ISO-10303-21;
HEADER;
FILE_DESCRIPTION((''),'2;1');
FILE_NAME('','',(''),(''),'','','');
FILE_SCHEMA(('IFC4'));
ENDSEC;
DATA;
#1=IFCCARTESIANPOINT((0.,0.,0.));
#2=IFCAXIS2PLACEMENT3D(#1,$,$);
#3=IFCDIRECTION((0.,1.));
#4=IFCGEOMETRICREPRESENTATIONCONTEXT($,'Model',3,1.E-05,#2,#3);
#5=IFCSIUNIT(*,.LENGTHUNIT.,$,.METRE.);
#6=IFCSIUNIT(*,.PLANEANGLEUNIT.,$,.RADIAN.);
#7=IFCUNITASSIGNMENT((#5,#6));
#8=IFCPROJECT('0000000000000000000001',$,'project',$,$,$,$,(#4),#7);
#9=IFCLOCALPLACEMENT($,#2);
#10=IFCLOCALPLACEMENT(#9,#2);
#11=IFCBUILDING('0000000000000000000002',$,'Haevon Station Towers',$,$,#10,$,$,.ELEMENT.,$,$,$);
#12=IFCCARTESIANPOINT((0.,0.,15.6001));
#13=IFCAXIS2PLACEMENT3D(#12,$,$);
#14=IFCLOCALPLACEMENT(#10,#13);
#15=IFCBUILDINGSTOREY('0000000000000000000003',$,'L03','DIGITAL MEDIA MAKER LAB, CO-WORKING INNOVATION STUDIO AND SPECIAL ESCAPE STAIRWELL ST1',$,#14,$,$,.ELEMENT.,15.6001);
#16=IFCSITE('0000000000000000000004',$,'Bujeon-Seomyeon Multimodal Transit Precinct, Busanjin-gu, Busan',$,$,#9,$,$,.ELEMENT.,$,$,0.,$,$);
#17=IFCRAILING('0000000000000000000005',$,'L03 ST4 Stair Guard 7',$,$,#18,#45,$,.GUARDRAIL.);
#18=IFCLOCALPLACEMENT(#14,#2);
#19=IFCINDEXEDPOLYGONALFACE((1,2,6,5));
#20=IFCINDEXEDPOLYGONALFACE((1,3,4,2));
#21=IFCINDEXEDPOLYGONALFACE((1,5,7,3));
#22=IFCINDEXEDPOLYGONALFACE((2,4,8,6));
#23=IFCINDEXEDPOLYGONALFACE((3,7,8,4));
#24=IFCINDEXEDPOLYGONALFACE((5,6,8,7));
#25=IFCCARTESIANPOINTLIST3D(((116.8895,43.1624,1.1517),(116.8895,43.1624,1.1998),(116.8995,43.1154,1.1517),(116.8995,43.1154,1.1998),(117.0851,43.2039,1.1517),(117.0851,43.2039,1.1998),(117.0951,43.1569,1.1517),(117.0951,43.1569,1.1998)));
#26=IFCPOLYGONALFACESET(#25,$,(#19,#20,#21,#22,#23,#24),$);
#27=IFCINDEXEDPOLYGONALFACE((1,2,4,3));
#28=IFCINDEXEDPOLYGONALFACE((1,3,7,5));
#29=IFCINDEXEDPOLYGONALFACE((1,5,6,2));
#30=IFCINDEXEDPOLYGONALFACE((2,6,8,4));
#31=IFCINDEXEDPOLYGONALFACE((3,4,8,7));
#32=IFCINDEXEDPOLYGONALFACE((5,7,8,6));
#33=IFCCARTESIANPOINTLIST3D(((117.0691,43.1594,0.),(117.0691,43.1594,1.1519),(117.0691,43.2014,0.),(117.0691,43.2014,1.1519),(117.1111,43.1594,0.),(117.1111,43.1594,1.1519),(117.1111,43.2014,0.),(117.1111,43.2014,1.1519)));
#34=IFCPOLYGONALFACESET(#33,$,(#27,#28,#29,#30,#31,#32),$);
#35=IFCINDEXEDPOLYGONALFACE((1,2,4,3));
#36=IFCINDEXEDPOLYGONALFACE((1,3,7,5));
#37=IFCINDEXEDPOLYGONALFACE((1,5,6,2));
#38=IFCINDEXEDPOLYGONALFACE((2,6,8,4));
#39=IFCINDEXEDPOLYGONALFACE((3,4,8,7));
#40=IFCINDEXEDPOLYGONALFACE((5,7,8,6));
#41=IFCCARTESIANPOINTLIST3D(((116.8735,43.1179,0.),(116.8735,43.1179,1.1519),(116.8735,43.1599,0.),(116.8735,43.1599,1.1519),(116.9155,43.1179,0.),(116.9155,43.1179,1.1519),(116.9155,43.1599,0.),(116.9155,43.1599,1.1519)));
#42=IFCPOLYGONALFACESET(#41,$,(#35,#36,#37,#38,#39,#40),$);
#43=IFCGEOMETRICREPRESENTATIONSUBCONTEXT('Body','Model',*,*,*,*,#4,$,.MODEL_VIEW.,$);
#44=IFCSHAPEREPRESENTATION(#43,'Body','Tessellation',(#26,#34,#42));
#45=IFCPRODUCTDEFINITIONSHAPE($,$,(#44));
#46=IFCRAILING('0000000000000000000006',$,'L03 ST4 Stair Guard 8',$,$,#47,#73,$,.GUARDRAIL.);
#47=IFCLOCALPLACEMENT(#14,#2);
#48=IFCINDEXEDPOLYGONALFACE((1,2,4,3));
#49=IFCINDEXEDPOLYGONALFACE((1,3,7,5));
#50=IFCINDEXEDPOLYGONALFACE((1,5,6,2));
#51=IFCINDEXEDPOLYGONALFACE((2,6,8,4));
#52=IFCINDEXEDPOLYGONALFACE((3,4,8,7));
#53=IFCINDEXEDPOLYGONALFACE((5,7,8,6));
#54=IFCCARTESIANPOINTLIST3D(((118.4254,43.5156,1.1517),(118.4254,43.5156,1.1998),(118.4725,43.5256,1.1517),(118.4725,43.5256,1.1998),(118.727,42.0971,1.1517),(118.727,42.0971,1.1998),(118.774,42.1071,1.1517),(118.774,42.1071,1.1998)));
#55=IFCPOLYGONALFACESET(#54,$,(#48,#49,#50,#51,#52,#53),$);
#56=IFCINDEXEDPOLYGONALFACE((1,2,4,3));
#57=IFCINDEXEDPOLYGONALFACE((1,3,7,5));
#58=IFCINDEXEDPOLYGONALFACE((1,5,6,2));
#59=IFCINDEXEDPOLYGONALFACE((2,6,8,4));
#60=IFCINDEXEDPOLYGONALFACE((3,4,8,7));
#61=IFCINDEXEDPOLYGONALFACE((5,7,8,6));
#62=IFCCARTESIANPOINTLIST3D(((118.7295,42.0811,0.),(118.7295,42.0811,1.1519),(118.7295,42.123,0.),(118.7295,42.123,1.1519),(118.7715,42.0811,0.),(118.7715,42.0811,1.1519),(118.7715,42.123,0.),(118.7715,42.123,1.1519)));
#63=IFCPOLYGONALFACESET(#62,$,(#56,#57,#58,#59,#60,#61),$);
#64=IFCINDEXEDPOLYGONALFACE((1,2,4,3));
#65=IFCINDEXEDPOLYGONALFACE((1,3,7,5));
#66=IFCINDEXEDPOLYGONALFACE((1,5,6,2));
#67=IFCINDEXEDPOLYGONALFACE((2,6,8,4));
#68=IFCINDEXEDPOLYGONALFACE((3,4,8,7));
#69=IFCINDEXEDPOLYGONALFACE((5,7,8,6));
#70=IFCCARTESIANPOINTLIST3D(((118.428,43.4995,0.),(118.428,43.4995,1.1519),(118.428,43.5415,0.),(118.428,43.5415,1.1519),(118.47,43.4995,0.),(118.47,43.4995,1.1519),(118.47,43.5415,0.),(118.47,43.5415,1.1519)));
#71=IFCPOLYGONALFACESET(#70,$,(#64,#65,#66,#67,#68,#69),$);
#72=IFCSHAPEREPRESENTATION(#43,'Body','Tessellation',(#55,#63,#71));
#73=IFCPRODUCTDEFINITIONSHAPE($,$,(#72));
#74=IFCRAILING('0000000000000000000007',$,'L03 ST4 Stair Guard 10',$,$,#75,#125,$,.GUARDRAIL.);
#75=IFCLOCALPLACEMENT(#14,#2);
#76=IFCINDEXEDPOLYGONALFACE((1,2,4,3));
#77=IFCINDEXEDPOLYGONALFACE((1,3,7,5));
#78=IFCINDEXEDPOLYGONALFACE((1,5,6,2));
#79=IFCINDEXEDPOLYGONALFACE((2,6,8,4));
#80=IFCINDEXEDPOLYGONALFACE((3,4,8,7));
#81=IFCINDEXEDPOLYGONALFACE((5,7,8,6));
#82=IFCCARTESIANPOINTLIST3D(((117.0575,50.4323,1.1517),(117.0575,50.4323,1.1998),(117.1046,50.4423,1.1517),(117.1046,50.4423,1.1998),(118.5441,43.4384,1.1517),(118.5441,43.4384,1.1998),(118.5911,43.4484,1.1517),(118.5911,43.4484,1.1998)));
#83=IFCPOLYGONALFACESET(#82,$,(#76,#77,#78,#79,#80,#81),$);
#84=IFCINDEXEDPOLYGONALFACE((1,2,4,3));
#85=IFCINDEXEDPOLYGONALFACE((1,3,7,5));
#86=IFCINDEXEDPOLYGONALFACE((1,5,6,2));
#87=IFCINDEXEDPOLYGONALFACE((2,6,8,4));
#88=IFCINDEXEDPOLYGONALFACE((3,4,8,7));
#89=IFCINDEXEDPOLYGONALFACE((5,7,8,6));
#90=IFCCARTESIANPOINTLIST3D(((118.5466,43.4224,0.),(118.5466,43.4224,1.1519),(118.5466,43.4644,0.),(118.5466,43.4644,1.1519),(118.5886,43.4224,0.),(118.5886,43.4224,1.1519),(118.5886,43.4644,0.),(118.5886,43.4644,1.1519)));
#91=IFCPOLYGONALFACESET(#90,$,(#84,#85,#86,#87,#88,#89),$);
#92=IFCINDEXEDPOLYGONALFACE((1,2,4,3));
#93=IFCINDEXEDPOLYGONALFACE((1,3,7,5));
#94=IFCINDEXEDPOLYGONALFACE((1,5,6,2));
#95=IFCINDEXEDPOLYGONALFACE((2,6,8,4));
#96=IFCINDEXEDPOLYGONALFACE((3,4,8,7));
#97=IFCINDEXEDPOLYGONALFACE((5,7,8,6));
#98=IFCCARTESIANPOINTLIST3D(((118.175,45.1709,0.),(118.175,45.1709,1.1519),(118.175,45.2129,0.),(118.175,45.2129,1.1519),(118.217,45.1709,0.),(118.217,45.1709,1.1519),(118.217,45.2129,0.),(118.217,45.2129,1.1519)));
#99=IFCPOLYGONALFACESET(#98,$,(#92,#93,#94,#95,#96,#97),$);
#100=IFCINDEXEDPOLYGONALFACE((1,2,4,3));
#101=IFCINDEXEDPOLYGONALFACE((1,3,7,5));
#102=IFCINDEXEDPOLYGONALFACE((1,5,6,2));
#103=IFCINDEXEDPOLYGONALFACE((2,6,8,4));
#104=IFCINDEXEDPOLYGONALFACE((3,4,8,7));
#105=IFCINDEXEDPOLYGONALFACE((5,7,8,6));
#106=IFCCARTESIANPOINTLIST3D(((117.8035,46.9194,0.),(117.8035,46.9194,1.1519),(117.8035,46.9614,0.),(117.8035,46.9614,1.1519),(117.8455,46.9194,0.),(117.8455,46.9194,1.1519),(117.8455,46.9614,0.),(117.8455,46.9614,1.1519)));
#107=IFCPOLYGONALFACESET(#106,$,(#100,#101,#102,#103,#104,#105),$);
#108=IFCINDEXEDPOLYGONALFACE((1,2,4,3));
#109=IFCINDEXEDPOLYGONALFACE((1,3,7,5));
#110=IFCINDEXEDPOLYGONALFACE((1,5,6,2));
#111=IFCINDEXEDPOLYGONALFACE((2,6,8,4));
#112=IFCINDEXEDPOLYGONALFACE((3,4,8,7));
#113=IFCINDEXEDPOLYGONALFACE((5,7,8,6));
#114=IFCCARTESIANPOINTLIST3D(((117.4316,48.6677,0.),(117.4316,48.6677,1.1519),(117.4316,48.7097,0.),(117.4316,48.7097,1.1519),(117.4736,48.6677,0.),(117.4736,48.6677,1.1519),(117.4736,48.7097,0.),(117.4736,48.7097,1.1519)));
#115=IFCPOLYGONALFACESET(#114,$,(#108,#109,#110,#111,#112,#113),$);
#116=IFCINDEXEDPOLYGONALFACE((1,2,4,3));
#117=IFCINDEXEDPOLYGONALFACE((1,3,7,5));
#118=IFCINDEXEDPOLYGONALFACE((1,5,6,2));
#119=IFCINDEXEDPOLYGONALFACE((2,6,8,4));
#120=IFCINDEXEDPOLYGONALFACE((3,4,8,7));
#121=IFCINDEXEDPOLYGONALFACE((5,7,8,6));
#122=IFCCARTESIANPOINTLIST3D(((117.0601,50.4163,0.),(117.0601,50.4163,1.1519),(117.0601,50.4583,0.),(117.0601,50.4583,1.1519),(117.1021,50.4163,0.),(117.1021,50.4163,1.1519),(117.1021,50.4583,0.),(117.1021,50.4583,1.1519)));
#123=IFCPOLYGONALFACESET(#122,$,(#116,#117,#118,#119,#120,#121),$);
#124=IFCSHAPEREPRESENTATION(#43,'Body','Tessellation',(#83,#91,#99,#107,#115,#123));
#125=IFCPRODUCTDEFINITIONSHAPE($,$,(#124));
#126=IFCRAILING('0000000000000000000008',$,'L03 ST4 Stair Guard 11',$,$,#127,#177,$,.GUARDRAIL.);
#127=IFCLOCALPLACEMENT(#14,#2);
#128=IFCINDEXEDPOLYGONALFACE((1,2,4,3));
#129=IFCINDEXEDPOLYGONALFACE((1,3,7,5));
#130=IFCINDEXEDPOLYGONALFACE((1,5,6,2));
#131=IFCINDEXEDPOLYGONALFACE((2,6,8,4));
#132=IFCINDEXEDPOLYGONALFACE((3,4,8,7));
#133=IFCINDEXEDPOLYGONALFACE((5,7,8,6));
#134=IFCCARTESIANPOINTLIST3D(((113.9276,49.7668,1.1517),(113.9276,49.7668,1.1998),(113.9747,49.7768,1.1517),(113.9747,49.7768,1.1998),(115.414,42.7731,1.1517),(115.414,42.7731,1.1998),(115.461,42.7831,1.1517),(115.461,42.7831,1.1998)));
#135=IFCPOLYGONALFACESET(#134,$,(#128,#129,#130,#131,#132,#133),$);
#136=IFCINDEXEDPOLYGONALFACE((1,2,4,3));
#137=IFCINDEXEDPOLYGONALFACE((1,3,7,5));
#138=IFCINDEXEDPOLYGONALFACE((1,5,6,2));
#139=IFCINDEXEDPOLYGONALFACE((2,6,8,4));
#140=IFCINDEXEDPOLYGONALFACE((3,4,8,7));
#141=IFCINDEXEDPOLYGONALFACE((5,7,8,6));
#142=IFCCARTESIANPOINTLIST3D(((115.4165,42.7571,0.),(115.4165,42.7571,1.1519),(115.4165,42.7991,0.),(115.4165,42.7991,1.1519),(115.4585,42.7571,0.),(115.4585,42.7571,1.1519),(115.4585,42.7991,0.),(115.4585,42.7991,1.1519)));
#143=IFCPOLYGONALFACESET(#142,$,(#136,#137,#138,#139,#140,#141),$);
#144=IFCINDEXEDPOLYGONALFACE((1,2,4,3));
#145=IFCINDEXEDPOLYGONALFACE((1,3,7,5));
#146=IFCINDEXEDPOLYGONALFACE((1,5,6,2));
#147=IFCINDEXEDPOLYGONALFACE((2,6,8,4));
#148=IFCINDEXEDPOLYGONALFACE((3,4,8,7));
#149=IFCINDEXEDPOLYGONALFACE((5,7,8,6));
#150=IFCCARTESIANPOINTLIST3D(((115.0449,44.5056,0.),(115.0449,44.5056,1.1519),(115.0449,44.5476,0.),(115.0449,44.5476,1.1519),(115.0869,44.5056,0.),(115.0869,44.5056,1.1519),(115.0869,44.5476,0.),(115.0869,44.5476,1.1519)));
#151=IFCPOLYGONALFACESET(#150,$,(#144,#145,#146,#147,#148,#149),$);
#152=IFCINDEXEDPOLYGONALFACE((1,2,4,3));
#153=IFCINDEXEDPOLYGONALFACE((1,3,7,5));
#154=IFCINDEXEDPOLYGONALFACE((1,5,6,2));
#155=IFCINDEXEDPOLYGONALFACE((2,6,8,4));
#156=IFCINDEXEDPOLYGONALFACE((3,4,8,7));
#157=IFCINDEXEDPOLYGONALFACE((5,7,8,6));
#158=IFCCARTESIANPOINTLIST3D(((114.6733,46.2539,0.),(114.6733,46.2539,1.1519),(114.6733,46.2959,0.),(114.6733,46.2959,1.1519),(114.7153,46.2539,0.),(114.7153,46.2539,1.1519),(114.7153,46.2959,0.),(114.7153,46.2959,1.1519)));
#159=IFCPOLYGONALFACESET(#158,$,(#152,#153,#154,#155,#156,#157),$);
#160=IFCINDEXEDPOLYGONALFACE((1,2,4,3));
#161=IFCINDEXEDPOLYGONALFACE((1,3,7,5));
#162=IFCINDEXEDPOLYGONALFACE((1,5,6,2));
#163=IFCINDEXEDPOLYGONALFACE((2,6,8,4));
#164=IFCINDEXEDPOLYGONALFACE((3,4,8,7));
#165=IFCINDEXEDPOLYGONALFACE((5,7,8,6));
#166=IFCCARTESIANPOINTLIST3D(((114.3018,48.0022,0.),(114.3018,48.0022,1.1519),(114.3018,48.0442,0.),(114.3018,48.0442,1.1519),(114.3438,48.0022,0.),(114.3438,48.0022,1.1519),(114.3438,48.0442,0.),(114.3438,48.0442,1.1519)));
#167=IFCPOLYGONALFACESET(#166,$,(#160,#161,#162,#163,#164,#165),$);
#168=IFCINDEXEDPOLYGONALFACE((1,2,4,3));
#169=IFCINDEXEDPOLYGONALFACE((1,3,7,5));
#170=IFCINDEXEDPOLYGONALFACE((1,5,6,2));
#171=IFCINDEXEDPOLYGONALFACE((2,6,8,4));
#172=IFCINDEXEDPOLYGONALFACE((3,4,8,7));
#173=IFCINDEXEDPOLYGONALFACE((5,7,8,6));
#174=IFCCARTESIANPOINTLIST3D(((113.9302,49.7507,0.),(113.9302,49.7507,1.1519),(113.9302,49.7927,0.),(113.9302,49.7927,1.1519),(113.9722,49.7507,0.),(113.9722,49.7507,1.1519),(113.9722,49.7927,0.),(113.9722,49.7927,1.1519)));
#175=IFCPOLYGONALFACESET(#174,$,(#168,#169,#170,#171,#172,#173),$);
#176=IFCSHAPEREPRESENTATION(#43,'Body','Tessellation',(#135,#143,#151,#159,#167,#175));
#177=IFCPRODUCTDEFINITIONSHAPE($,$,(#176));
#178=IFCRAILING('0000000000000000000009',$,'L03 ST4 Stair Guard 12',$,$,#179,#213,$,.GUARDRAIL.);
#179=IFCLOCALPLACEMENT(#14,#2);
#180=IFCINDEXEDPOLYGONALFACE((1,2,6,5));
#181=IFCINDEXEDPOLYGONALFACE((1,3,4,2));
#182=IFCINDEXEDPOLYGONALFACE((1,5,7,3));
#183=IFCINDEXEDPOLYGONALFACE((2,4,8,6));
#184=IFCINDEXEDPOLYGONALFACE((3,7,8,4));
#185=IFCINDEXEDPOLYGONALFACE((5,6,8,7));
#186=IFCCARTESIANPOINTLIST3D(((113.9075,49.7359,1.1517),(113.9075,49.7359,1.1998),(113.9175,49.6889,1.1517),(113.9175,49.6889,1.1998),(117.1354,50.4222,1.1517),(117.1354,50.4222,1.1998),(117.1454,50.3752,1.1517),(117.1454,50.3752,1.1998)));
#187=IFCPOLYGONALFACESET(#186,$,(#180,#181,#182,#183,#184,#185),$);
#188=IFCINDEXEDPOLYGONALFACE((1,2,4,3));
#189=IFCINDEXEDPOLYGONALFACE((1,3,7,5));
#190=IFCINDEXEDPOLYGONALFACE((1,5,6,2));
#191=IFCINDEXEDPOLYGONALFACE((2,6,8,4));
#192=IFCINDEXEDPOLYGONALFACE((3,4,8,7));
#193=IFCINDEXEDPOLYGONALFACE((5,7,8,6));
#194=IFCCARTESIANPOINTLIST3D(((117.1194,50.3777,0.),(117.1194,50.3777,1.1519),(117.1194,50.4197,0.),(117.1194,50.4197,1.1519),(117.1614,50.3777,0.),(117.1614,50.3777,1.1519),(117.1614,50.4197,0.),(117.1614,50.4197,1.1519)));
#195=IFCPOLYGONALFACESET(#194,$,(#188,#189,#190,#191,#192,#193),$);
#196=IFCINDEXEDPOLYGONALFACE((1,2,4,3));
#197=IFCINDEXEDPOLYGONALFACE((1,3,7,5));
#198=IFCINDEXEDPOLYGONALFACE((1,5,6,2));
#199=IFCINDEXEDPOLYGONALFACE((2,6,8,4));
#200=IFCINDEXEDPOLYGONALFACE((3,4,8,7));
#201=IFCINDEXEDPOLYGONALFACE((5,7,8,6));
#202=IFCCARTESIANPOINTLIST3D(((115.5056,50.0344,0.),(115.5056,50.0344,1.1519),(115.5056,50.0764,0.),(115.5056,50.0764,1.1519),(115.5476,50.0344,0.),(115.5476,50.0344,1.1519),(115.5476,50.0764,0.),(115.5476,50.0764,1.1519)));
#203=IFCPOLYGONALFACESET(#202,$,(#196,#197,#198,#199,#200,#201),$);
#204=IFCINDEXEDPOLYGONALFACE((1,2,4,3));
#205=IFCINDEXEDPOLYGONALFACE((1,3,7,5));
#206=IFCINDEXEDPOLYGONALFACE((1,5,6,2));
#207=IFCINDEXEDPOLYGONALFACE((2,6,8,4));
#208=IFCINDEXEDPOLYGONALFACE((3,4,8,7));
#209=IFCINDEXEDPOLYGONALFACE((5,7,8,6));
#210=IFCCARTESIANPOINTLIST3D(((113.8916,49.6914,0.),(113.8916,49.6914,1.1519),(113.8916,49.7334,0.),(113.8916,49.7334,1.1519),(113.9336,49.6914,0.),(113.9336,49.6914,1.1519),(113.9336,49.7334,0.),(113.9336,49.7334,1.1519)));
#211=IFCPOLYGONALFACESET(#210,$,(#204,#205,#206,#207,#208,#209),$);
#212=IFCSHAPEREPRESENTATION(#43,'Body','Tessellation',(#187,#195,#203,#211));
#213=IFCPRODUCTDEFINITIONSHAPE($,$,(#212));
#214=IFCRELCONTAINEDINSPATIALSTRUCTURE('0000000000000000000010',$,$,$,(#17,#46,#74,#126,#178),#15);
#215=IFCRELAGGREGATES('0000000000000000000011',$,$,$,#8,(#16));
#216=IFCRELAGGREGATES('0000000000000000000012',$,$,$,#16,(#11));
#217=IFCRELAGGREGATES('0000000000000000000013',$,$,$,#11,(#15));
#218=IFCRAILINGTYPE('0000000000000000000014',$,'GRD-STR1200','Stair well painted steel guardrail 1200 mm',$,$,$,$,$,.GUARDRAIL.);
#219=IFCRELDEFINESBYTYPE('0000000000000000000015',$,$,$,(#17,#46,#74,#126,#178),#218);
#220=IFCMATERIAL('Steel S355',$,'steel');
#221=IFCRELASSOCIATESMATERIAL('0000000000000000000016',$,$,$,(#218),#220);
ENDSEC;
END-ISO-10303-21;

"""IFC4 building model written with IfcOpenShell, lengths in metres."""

from ifc_helpers import new_model, si_unit, direction, frame, origin, origin_2d, place, context, subcontext, project, spatial, rectangle, extrude, material, type_object, element, save


model = new_model("IFC4")

# Units and contexts
model_context = context("Model", 3, precision=1e-05, world=origin(), true_north=direction((0.0, 1.0)))
body_context = subcontext(model_context, "Body", "Model", "MODEL_VIEW")
ifc_project = project(units=[si_unit("LENGTHUNIT", "METRE"), si_unit("PLANEANGLEUNIT", "RADIAN")], contexts=[model_context])

# Site, building, storey
site_placement = place(None, origin())
site = spatial("IfcSite", under=ifc_project, at=site_placement, Name="Bujeon-Seomyeon Multimodal Transit Precinct, Busanjin-gu, Busan", CompositionType="ELEMENT", RefElevation=0.0)
building_placement = place(site_placement, origin())
building = spatial("IfcBuilding", under=site, at=building_placement, Name="Haevon Station Towers", CompositionType="ELEMENT")
storey_placement = place(building_placement, frame((0.0, 0.0, 15.6001)))
storey = spatial("IfcBuildingStorey", under=building, at=storey_placement, Name="L03", Description="DIGITAL MEDIA MAKER LAB, CO-WORKING INNOVATION STUDIO AND SPECIAL ESCAPE STAIRWELL ST1", CompositionType="ELEMENT", Elevation=15.6001)

# Shared definitions
ifc_material_1 = material(Name="Steel S355", Category="steel")

# Railings
railing_type_1 = type_object("IfcRailingType", Name="GRD-STR1200", Description="Stair well painted steel guardrail 1200 mm", PredefinedType="GUARDRAIL", material=ifc_material_1)
railing_1_placement = place(storey_placement, frame((117.0901, 43.1804, 0.0)))
element("IfcRailing", 1, at=railing_1_placement, inside=storey, type_object=railing_type_1, Name="L03 ST4 Stair Guard 7", PredefinedType="GUARDRAIL", context=body_context, shape_type="SweptSolid", body=[
    extrude(rectangle(XDim=0.0481, YDim=0.0481, at=origin_2d()), frame((0.0, 0.0, 1.1758), z_axis=(-0.978212, -0.20761, 0.0), x_axis=(0.20761, -0.978212, 0.0)), (0.0, 0.0, 1.0), 0.2),
    extrude(rectangle(XDim=0.042, YDim=0.042, at=origin_2d()), origin(), (0.0, 0.0, 1.0), 1.1519),
    extrude(rectangle(XDim=0.042, YDim=0.042, at=origin_2d()), frame((-0.1956, -0.0415, 0.0)), (0.0, 0.0, 1.0), 1.1519),
])
railing_2_placement = place(storey_placement, frame((118.7505, 42.1021, 0.0)))
element("IfcRailing", 2, at=railing_2_placement, inside=storey, type_object=railing_type_1, Name="L03 ST4 Stair Guard 8", PredefinedType="GUARDRAIL", context=body_context, shape_type="SweptSolid", body=[
    extrude(rectangle(XDim=0.0481, YDim=0.0481, at=origin_2d()), frame((0.0, 0.0, 1.1758), z_axis=(-0.207919, 0.978146, 0.0), x_axis=(-0.978146, -0.207919, 0.0)), (0.0, 0.0, 1.0), 1.4502),
    extrude(rectangle(XDim=0.042, YDim=0.042, at=origin_2d()), origin(), (0.0, 0.0, 1.0), 1.1519),
    extrude(rectangle(XDim=0.042, YDim=0.042, at=origin_2d()), frame((-0.3015, 1.4185, 0.0)), (0.0, 0.0, 1.0), 1.1519),
])
railing_3_placement = place(storey_placement, frame((118.5676, 43.4434, 0.0)))
element("IfcRailing", 3, at=railing_3_placement, inside=storey, type_object=railing_type_1, Name="L03 ST4 Stair Guard 10", PredefinedType="GUARDRAIL", context=body_context, shape_type="SweptSolid", body=[
    extrude(rectangle(XDim=0.0481, YDim=0.0481, at=origin_2d()), frame((0.0, 0.0, 1.1758), z_axis=(-0.207908, 0.978148, 0.0), x_axis=(-0.978148, -0.207908, 0.0)), (0.0, 0.0, 1.0), 7.1501),
    extrude(rectangle(XDim=0.042, YDim=0.042, at=origin_2d()), origin(), (0.0, 0.0, 1.0), 1.1519),
    extrude(rectangle(XDim=0.042, YDim=0.042, at=origin_2d()), frame((-0.3716, 1.7485, 0.0)), (0.0, 0.0, 1.0), 1.1519),
    extrude(rectangle(XDim=0.042, YDim=0.042, at=origin_2d()), frame((-0.7432, 3.4971, 0.0)), (0.0, 0.0, 1.0), 1.1519),
    extrude(rectangle(XDim=0.042, YDim=0.042, at=origin_2d()), frame((-1.115, 5.2454, 0.0)), (0.0, 0.0, 1.0), 1.1519),
    extrude(rectangle(XDim=0.042, YDim=0.042, at=origin_2d()), frame((-1.4866, 6.9939, 0.0)), (0.0, 0.0, 1.0), 1.1519),
])
railing_4_placement = place(storey_placement, frame((115.4375, 42.7781, 0.0)))
element("IfcRailing", 4, at=railing_4_placement, inside=storey, type_object=railing_type_1, Name="L03 ST4 Stair Guard 11", PredefinedType="GUARDRAIL", context=body_context, shape_type="SweptSolid", body=[
    extrude(rectangle(XDim=0.0481, YDim=0.0481, at=origin_2d()), frame((0.0, 0.0, 1.1758), z_axis=(-0.207882, 0.978154, 0.0), x_axis=(-0.978154, -0.207882, 0.0)), (0.0, 0.0, 1.0), 7.1499),
    extrude(rectangle(XDim=0.042, YDim=0.042, at=origin_2d()), origin(), (0.0, 0.0, 1.0), 1.1519),
    extrude(rectangle(XDim=0.042, YDim=0.042, at=origin_2d()), frame((-0.3716, 1.7485, 0.0)), (0.0, 0.0, 1.0), 1.1519),
    extrude(rectangle(XDim=0.042, YDim=0.042, at=origin_2d()), frame((-0.7432, 3.4968, 0.0)), (0.0, 0.0, 1.0), 1.1519),
    extrude(rectangle(XDim=0.042, YDim=0.042, at=origin_2d()), frame((-1.1147, 5.2451, 0.0)), (0.0, 0.0, 1.0), 1.1519),
    extrude(rectangle(XDim=0.042, YDim=0.042, at=origin_2d()), frame((-1.4863, 6.9937, 0.0)), (0.0, 0.0, 1.0), 1.1519),
])
railing_5_placement = place(storey_placement, frame((117.1404, 50.3987, 0.0)))
element("IfcRailing", 5, at=railing_5_placement, inside=storey, type_object=railing_type_1, Name="L03 ST4 Stair Guard 12", PredefinedType="GUARDRAIL", context=body_context, shape_type="SweptSolid", body=[
    extrude(rectangle(XDim=0.0481, YDim=0.0481, at=origin_2d()), frame((0.0, 0.0, 1.1758), z_axis=(-0.978136, -0.207968, 0.0), x_axis=(0.207968, -0.978136, 0.0)), (0.0, 0.0, 1.0), 3.3),
    extrude(rectangle(XDim=0.042, YDim=0.042, at=origin_2d()), origin(), (0.0, 0.0, 1.0), 1.1519),
    extrude(rectangle(XDim=0.042, YDim=0.042, at=origin_2d()), frame((-1.6138, -0.3433, 0.0)), (0.0, 0.0, 1.0), 1.1519),
    extrude(rectangle(XDim=0.042, YDim=0.042, at=origin_2d()), frame((-3.2278, -0.6863, 0.0)), (0.0, 0.0, 1.0), 1.1519),
])

save(model, "model.ifc")
